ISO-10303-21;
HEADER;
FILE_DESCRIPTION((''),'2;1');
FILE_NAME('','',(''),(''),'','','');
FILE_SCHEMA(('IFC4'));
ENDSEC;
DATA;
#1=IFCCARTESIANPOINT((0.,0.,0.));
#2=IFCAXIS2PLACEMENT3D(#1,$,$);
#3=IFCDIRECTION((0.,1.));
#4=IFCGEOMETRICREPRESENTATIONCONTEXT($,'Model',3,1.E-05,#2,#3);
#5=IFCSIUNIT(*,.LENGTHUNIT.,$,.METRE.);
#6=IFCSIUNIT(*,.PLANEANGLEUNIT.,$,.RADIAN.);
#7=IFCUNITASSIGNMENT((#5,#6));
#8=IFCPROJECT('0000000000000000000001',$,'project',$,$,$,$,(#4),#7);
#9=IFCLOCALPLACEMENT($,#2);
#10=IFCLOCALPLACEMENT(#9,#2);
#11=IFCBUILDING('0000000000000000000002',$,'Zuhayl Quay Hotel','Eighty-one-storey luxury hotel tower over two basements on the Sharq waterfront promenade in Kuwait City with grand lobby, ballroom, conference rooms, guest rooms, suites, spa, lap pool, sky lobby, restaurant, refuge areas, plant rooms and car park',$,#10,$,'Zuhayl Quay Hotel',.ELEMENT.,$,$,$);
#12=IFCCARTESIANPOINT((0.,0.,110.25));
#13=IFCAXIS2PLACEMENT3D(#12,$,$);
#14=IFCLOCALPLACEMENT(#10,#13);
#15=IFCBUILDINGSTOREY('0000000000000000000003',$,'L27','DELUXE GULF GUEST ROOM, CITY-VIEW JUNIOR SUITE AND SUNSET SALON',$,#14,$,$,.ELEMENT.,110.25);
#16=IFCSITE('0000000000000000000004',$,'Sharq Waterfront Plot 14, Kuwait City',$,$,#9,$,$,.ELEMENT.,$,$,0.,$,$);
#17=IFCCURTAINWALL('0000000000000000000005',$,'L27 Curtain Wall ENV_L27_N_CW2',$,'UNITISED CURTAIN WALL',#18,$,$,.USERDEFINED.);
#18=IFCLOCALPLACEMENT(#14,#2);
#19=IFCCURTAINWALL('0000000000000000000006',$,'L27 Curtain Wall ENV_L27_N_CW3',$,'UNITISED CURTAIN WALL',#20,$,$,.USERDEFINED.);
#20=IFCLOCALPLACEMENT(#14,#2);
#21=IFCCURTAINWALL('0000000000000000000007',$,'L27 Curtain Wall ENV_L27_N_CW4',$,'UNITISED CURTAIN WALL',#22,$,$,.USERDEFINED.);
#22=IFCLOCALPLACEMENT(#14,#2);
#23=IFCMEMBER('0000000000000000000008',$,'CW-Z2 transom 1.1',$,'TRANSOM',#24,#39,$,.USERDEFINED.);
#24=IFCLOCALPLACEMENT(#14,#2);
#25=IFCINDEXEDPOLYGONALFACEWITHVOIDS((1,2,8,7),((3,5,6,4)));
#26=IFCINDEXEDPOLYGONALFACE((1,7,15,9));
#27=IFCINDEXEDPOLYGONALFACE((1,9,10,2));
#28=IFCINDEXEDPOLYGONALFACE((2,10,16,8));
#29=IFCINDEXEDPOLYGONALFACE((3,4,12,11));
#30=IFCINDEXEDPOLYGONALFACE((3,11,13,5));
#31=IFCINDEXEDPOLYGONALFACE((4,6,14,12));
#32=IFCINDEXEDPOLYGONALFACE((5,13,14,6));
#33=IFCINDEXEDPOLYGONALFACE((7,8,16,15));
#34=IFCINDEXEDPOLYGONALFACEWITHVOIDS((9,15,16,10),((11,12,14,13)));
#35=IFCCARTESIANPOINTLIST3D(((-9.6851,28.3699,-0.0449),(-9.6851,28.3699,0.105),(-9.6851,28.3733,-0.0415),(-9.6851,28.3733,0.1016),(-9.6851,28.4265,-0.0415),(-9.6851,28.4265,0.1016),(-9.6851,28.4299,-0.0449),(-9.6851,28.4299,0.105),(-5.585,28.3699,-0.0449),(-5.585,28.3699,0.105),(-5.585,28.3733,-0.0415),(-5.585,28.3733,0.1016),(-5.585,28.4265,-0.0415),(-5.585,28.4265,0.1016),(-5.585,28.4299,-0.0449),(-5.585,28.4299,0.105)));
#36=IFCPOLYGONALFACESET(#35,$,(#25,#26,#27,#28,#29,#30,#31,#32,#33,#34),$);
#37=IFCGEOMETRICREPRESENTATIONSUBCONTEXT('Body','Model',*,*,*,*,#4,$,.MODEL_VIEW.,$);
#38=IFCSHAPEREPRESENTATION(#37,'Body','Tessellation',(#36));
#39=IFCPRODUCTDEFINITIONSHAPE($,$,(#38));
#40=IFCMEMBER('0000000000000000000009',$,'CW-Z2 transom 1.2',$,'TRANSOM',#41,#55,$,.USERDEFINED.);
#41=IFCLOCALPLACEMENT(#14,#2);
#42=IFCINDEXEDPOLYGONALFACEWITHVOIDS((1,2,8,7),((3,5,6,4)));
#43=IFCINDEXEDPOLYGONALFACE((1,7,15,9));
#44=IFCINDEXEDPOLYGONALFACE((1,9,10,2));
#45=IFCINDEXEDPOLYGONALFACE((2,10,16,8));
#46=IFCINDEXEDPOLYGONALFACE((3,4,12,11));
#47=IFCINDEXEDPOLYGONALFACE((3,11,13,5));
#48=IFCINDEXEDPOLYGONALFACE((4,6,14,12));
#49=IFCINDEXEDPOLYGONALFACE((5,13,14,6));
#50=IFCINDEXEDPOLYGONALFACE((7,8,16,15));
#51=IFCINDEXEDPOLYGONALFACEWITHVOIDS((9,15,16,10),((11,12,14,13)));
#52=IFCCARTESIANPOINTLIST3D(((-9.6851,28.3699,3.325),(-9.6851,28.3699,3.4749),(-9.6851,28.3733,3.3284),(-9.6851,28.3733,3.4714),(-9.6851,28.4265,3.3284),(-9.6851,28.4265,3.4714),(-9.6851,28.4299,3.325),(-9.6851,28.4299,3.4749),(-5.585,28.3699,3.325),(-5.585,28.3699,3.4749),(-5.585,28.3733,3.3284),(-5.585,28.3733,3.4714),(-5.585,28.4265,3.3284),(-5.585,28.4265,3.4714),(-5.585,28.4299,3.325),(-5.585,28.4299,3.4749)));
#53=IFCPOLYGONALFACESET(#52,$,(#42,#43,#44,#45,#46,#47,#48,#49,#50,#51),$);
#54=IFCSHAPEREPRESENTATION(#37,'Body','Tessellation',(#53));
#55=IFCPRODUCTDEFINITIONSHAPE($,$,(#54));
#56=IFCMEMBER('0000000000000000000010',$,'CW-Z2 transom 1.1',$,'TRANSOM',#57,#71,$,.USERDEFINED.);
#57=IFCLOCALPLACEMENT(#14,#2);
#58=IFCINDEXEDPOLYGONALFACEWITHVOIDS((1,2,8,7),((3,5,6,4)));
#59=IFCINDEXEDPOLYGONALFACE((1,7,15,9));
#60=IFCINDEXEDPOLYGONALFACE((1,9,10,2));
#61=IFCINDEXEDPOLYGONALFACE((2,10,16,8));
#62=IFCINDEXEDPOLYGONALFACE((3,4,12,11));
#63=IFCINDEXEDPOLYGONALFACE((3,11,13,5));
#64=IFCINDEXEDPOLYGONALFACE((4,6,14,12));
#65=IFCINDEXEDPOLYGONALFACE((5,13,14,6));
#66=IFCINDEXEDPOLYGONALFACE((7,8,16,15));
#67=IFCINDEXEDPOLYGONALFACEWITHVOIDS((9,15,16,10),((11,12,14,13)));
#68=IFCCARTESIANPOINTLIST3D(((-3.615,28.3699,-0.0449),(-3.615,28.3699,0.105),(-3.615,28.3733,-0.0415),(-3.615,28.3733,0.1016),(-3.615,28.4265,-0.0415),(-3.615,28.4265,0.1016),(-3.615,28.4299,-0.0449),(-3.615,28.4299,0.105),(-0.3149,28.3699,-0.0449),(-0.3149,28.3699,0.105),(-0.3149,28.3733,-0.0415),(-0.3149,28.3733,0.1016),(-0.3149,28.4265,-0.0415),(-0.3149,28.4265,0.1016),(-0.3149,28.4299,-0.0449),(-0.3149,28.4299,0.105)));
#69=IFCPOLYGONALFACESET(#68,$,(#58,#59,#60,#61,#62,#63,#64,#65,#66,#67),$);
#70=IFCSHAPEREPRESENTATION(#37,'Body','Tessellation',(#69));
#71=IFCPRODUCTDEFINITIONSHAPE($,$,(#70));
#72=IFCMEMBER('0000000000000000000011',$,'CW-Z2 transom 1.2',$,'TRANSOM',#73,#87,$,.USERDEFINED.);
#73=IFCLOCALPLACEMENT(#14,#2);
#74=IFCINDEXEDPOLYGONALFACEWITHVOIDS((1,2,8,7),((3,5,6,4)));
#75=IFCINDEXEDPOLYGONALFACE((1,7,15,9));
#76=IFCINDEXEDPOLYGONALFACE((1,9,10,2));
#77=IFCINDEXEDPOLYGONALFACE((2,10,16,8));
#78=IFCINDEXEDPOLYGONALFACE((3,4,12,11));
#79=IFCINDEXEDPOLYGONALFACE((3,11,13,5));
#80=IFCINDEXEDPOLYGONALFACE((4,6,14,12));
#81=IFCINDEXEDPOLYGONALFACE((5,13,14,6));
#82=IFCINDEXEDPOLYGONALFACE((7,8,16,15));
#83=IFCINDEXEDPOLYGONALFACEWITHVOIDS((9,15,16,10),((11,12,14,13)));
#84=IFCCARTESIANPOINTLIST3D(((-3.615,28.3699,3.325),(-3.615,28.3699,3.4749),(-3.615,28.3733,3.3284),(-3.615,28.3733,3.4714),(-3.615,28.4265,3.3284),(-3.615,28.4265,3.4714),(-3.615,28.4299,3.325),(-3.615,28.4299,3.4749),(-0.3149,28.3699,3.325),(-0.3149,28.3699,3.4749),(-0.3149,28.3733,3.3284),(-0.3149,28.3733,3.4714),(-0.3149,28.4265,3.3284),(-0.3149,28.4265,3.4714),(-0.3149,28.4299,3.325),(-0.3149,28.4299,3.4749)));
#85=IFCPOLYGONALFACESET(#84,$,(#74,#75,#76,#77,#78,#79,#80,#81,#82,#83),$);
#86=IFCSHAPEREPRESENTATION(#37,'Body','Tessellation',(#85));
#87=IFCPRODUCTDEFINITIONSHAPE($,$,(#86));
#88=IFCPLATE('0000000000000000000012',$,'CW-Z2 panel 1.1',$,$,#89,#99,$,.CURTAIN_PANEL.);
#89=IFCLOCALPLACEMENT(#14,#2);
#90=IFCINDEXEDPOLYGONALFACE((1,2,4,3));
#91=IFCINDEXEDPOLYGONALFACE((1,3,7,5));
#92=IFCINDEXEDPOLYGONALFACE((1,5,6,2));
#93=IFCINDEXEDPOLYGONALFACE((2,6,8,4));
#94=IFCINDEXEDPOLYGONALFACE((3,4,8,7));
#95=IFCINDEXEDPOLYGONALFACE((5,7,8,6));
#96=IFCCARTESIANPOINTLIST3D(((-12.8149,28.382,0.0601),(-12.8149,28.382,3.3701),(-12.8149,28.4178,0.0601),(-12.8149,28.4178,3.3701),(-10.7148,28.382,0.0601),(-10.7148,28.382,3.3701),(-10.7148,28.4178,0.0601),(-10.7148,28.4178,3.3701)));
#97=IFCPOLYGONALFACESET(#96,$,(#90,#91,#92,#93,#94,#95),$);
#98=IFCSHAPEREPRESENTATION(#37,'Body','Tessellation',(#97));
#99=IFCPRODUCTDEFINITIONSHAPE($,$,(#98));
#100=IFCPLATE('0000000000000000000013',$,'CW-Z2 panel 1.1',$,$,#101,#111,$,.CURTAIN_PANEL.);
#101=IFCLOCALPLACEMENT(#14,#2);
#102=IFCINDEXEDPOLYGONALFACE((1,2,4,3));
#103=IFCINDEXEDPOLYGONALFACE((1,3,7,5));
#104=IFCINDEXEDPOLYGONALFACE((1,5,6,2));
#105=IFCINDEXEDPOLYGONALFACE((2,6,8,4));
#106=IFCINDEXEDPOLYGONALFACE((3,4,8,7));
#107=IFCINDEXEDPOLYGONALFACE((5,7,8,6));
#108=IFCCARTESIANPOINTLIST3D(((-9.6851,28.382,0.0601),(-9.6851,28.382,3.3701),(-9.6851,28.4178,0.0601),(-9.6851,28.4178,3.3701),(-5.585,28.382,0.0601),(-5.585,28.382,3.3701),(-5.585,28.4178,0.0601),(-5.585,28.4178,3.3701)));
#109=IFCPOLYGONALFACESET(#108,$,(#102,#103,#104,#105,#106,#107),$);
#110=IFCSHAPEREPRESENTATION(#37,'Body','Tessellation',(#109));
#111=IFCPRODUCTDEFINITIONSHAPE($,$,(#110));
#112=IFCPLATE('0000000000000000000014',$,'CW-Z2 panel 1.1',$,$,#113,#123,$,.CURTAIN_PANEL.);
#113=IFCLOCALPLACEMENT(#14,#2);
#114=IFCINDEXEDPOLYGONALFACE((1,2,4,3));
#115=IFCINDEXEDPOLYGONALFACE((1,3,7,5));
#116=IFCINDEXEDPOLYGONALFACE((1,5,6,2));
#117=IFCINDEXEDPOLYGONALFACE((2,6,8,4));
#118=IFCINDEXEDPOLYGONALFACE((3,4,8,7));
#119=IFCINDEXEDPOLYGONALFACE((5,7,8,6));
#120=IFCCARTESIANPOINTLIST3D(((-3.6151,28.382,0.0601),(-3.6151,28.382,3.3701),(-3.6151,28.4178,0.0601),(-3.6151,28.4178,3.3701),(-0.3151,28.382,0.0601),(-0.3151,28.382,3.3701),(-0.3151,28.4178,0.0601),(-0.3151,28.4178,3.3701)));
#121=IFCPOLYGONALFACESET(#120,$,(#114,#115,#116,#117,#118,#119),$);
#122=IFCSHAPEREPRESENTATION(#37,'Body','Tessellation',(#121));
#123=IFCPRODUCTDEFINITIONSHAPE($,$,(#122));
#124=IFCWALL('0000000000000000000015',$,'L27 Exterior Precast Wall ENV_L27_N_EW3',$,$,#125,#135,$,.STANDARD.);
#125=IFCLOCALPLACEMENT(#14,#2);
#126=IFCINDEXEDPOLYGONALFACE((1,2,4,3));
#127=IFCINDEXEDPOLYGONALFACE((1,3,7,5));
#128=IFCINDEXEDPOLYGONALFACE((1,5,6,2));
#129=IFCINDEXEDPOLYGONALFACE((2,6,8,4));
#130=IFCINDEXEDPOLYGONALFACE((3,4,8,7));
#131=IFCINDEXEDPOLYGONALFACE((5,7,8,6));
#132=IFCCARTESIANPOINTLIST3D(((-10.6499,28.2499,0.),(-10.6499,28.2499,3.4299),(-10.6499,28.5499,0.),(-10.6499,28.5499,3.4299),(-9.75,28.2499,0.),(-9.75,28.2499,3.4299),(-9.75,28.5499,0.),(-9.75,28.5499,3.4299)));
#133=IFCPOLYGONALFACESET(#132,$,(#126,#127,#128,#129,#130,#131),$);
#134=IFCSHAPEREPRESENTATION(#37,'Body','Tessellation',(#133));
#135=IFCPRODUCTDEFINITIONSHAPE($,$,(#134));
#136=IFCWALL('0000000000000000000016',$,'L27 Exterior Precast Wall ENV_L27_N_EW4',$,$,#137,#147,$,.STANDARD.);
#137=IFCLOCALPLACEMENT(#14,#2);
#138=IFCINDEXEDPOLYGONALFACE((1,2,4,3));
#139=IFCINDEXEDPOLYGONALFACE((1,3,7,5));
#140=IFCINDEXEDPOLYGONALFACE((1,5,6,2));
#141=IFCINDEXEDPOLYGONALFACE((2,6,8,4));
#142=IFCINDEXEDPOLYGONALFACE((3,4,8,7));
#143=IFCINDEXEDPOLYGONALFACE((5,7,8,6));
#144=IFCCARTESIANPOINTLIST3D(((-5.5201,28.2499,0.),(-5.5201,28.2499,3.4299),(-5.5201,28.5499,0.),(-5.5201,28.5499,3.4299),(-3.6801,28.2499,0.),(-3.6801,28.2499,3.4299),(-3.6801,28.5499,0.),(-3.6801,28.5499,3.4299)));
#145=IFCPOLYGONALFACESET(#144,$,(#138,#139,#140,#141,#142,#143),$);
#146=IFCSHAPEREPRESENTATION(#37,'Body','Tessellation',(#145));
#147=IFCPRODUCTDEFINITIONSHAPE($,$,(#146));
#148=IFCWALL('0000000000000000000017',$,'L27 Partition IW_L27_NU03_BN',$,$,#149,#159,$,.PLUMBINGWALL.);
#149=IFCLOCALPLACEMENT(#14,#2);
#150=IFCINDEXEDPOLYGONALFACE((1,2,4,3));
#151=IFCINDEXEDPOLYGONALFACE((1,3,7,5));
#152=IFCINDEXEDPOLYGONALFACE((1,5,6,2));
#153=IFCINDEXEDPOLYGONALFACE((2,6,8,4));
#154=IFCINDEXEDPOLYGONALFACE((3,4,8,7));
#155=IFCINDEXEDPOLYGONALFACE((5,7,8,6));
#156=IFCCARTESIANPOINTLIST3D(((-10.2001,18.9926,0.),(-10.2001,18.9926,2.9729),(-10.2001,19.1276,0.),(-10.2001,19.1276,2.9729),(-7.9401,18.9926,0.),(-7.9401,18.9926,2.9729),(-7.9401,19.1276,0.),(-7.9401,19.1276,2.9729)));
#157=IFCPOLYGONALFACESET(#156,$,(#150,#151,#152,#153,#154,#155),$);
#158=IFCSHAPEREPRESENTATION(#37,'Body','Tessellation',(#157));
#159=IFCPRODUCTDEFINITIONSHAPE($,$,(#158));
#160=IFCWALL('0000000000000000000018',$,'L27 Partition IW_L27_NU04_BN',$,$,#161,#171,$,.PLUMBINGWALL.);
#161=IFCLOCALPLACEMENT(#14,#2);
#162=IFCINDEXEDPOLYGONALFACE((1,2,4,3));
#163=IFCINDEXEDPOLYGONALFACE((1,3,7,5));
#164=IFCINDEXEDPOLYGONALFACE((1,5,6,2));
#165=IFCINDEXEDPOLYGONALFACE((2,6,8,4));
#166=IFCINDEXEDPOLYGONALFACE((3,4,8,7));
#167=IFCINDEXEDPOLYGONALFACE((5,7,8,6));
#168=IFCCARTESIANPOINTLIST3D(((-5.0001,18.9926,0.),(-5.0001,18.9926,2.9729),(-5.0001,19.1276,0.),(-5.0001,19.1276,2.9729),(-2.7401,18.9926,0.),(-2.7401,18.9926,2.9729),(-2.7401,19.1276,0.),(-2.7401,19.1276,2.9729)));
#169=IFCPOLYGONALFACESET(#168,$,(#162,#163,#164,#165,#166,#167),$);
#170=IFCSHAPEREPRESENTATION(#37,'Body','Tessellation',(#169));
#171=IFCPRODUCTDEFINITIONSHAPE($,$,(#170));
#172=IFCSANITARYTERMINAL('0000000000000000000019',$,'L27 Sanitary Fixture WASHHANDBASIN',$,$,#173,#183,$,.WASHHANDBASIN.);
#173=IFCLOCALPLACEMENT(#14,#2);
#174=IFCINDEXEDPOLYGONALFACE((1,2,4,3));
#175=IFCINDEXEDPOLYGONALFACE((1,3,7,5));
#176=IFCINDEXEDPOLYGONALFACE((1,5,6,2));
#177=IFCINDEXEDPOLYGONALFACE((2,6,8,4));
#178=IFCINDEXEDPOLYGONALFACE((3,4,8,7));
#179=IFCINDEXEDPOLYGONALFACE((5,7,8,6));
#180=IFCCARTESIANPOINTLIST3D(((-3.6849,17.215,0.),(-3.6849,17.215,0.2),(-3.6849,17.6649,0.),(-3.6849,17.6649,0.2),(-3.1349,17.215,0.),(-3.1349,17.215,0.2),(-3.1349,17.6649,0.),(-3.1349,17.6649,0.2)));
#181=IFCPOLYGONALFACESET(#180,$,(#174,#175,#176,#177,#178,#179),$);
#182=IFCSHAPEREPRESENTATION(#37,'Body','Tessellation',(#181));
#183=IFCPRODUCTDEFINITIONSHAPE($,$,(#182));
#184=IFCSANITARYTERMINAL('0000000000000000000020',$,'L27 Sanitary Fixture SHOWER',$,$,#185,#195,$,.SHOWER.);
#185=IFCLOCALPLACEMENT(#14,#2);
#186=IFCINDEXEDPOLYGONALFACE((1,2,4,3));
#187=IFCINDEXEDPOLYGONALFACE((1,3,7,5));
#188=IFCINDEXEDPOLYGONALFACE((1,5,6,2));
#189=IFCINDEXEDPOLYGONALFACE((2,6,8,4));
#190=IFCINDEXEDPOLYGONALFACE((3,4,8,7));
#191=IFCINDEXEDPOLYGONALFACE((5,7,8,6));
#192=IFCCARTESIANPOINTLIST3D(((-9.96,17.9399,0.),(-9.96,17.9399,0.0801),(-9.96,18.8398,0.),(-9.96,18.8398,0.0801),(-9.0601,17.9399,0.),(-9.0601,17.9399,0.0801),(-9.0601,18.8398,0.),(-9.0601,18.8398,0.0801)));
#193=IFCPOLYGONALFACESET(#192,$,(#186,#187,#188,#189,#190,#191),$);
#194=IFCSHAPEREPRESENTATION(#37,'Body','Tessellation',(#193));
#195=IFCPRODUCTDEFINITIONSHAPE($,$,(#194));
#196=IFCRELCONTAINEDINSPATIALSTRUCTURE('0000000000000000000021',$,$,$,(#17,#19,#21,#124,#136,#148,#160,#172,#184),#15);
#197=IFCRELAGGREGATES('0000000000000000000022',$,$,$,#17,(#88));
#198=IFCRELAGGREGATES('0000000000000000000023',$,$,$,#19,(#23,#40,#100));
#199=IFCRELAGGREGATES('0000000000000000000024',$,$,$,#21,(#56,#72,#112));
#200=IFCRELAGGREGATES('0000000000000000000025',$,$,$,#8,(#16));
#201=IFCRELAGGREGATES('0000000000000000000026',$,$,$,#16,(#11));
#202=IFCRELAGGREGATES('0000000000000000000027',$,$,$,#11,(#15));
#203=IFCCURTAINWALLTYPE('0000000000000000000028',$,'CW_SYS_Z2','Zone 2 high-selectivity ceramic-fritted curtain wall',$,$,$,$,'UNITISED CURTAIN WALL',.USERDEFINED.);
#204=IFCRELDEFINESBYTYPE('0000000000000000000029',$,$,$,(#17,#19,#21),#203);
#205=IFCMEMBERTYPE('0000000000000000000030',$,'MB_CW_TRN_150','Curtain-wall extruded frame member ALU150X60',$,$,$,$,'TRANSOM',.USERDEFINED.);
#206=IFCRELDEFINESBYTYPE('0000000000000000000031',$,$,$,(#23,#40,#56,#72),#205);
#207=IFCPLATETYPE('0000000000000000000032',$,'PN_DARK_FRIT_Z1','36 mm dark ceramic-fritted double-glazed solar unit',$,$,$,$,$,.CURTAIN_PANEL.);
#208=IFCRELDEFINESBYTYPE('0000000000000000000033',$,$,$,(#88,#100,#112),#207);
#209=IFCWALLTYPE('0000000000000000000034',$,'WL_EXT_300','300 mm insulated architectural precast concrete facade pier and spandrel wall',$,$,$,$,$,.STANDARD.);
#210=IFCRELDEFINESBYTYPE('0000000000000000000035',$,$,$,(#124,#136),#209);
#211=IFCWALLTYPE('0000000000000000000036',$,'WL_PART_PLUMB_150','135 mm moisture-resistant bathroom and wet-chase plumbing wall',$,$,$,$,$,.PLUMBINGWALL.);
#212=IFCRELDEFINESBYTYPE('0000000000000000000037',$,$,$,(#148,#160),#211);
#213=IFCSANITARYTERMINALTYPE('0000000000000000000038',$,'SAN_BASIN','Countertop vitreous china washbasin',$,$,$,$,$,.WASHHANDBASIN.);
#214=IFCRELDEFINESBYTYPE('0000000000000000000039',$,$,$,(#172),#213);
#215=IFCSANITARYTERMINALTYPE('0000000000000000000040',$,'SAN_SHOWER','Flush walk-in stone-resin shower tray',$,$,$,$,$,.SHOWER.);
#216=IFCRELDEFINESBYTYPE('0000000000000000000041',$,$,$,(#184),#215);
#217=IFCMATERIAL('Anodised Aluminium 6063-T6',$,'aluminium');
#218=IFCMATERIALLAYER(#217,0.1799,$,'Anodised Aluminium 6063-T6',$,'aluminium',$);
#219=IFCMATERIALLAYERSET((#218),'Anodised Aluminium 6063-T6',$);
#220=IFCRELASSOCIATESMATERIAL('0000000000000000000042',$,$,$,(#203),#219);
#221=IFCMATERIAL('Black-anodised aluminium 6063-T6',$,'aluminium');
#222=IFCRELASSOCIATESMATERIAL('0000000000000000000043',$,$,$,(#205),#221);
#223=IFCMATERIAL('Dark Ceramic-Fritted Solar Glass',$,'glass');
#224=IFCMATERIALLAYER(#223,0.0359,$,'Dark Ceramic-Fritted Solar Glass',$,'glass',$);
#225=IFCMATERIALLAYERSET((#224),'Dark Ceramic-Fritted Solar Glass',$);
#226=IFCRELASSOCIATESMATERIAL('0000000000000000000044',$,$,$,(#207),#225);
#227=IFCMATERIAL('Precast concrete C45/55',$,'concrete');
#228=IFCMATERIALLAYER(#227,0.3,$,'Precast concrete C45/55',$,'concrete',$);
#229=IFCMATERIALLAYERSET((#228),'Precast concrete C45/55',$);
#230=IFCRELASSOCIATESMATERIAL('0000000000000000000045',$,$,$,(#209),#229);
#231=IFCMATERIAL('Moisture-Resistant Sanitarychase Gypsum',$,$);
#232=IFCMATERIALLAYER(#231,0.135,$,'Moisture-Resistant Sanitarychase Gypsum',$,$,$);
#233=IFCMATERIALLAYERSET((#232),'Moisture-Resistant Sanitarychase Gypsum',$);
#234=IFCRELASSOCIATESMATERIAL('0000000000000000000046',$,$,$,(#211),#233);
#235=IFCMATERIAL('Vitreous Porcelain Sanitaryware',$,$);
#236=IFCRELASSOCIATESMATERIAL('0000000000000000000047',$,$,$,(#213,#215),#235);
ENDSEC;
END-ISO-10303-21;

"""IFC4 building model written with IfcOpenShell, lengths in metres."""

from ifc_helpers import new_model, si_unit, direction, frame, frame_2d, origin, origin_2d, place, context, subcontext, project, spatial, rectangle, hollow_rectangle, extrude, material, layer, layer_set, material_profile, profile_set, type_object, element, aggregate, save


model = new_model("IFC4")

# Units and contexts
model_context = context("Model", 3, precision=1e-05, world=origin(), true_north=direction((0.0, 1.0)))
body_context = subcontext(model_context, "Body", "Model", "MODEL_VIEW")
ifc_project = project(units=[si_unit("LENGTHUNIT", "METRE"), si_unit("PLANEANGLEUNIT", "RADIAN")], contexts=[model_context])

# Site, building, storey
site_placement = place(None, origin())
site = spatial("IfcSite", under=ifc_project, at=site_placement, Name="Sharq Waterfront Plot 14, Kuwait City", CompositionType="ELEMENT", RefElevation=0.0)
building_placement = place(site_placement, origin())
building = spatial("IfcBuilding", under=site, at=building_placement, Name="Zuhayl Quay Hotel", Description="Eighty-one-storey luxury hotel tower over two basements on the Sharq waterfront promenade in Kuwait City with grand lobby, ballroom, conference rooms, guest rooms, suites, spa, lap pool, sky lobby, restaurant, refuge areas, plant rooms and car park", LongName="Zuhayl Quay Hotel", CompositionType="ELEMENT")
storey_placement = place(building_placement, frame((0.0, 0.0, 110.25)))
storey = spatial("IfcBuildingStorey", under=building, at=storey_placement, Name="L27", Description="DELUXE GULF GUEST ROOM, CITY-VIEW JUNIOR SUITE AND SUNSET SALON", CompositionType="ELEMENT", Elevation=110.25)

# Curtain wall
ifc_material_1 = material(Name="Anodised Aluminium 6063-T6", Category="aluminium")
ifc_layer_1 = layer(ifc_material_1, 0.1799, Name="Anodised Aluminium 6063-T6", Category="aluminium")
ifc_layer_set_1 = layer_set([ifc_layer_1], Name="Anodised Aluminium 6063-T6")
curtain_wall_type = type_object("IfcCurtainWallType", Name="CW_SYS_Z2", Description="Zone 2 high-selectivity ceramic-fritted curtain wall", ElementType="UNITISED CURTAIN WALL", PredefinedType="USERDEFINED", material=ifc_layer_set_1)
curtain_wall_1_placement = place(storey_placement, origin())
curtain_wall_1 = element("IfcCurtainWall", 1, at=curtain_wall_1_placement, inside=storey, type_object=curtain_wall_type, Name="L27 Curtain Wall ENV_L27_N_CW2", ObjectType="UNITISED CURTAIN WALL", PredefinedType="USERDEFINED")
ifc_material_2 = material(Name="Black-anodised aluminium 6063-T6", Category="aluminium")

# Curtain wall
curtain_wall_2_placement = place(storey_placement, origin())
curtain_wall_2 = element("IfcCurtainWall", 2, at=curtain_wall_2_placement, inside=storey, type_object=curtain_wall_type, Name="L27 Curtain Wall ENV_L27_N_CW3", ObjectType="UNITISED CURTAIN WALL", PredefinedType="USERDEFINED")

# Curtain wall
curtain_wall_3_placement = place(storey_placement, origin())
curtain_wall_3 = element("IfcCurtainWall", 3, at=curtain_wall_3_placement, inside=storey, type_object=curtain_wall_type, Name="L27 Curtain Wall ENV_L27_N_CW4", ObjectType="UNITISED CURTAIN WALL", PredefinedType="USERDEFINED")

# Members
ifc_material_profile_1 = material_profile(ifc_material_2, hollow_rectangle(XDim=0.0601, YDim=0.1499, WallThickness=0.0034, at=origin_2d()), Name="ALU150X60")
ifc_profile_set_1 = profile_set([ifc_material_profile_1], Name="Black-anodised aluminium 6063-T6")
member_type_1 = type_object("IfcMemberType", Name="MB_CW_TRN_150", Description="Curtain-wall extruded frame member ALU150X60", ElementType="TRANSOM", PredefinedType="USERDEFINED", material=ifc_profile_set_1)
member_1_placement = place(storey_placement, frame((-9.6851, 28.3999, 0.03), z_axis=(1.0, 0.0, 0.0), x_axis=(0.0, 1.0, 0.0)))
member_1 = element("IfcMember", 4, at=member_1_placement, type_object=member_type_1, Name="CW-Z2 transom 1.1", ObjectType="TRANSOM", PredefinedType="USERDEFINED", context=body_context, shape_type="SweptSolid", body=[
    extrude(hollow_rectangle(XDim=0.0601, YDim=0.1499, WallThickness=0.0034, at=origin_2d()), origin(), (0.0, 0.0, 1.0), 4.1001),
])
member_2_placement = place(storey_placement, frame((-9.6851, 28.3999, 3.3999), z_axis=(1.0, 0.0, 0.0), x_axis=(0.0, 1.0, 0.0)))
member_2 = element("IfcMember", 5, at=member_2_placement, type_object=member_type_1, Name="CW-Z2 transom 1.2", ObjectType="TRANSOM", PredefinedType="USERDEFINED", context=body_context, shape_type="SweptSolid", body=[
    extrude(hollow_rectangle(XDim=0.0601, YDim=0.1499, WallThickness=0.0034, at=origin_2d()), origin(), (0.0, 0.0, 1.0), 4.1001),
])
member_3_placement = place(storey_placement, frame((-3.615, 28.3999, 0.03), z_axis=(1.0, 0.0, 0.0), x_axis=(0.0, 1.0, 0.0)))
member_3 = element("IfcMember", 6, at=member_3_placement, type_object=member_type_1, Name="CW-Z2 transom 1.1", ObjectType="TRANSOM", PredefinedType="USERDEFINED", context=body_context, shape_type="SweptSolid", body=[
    extrude(hollow_rectangle(XDim=0.0601, YDim=0.1499, WallThickness=0.0034, at=origin_2d()), origin(), (0.0, 0.0, 1.0), 3.3),
])
member_4_placement = place(storey_placement, frame((-3.615, 28.3999, 3.3999), z_axis=(1.0, 0.0, 0.0), x_axis=(0.0, 1.0, 0.0)))
member_4 = element("IfcMember", 7, at=member_4_placement, type_object=member_type_1, Name="CW-Z2 transom 1.2", ObjectType="TRANSOM", PredefinedType="USERDEFINED", context=body_context, shape_type="SweptSolid", body=[
    extrude(hollow_rectangle(XDim=0.0601, YDim=0.1499, WallThickness=0.0034, at=origin_2d()), origin(), (0.0, 0.0, 1.0), 3.3),
])

# Plates
ifc_material_3 = material(Name="Dark Ceramic-Fritted Solar Glass", Category="glass")
ifc_layer_2 = layer(ifc_material_3, 0.0359, Name="Dark Ceramic-Fritted Solar Glass", Category="glass")
ifc_layer_set_2 = layer_set([ifc_layer_2], Name="Dark Ceramic-Fritted Solar Glass")
plate_type = type_object("IfcPlateType", Name="PN_DARK_FRIT_Z1", Description="36 mm dark ceramic-fritted double-glazed solar unit", PredefinedType="CURTAIN_PANEL", material=ifc_layer_set_2)
plate_1_placement = place(storey_placement, frame((-11.7649, 28.3999, 0.0601), z_axis=(0.0, 0.0, 1.0), x_axis=(1.0, 0.0, 0.0)))
plate_1 = element("IfcPlate", 8, at=plate_1_placement, type_object=plate_type, Name="CW-Z2 panel 1.1", PredefinedType="CURTAIN_PANEL", context=body_context, shape_type="SweptSolid", body=[
    extrude(rectangle(XDim=2.1001, YDim=0.0359, at=origin_2d()), origin(), (0.0, 0.0, 1.0), 3.3101),
])
aggregate(curtain_wall_1, [plate_1])
plate_2_placement = place(storey_placement, frame((-7.635, 28.3999, 0.0601), z_axis=(0.0, 0.0, 1.0), x_axis=(1.0, 0.0, 0.0)))
plate_2 = element("IfcPlate", 9, at=plate_2_placement, type_object=plate_type, Name="CW-Z2 panel 1.1", PredefinedType="CURTAIN_PANEL", context=body_context, shape_type="SweptSolid", body=[
    extrude(rectangle(XDim=4.1001, YDim=0.0359, at=origin_2d()), origin(), (0.0, 0.0, 1.0), 3.3101),
])
aggregate(curtain_wall_2, [member_1, member_2, plate_2])
plate_3_placement = place(storey_placement, frame((-1.9651, 28.3999, 0.0601), z_axis=(0.0, 0.0, 1.0), x_axis=(1.0, 0.0, 0.0)))
plate_3 = element("IfcPlate", 10, at=plate_3_placement, type_object=plate_type, Name="CW-Z2 panel 1.1", PredefinedType="CURTAIN_PANEL", context=body_context, shape_type="SweptSolid", body=[
    extrude(rectangle(XDim=3.3, YDim=0.0359, at=origin_2d()), origin(), (0.0, 0.0, 1.0), 3.3101),
])
aggregate(curtain_wall_3, [member_3, member_4, plate_3])

# Walls
ifc_material_4 = material(Name="Precast concrete C45/55", Category="concrete")
ifc_layer_3 = layer(ifc_material_4, 0.3, Name="Precast concrete C45/55", Category="concrete")
ifc_layer_set_3 = layer_set([ifc_layer_3], Name="Precast concrete C45/55")
wall_type_1 = type_object("IfcWallType", Name="WL_EXT_300", Description="300 mm insulated architectural precast concrete facade pier and spandrel wall", PredefinedType="STANDARD", material=ifc_layer_set_3)
wall_1_placement = place(storey_placement, frame((-10.6499, 28.3999, 0.0), z_axis=(0.0, 0.0, 1.0), x_axis=(1.0, 0.0, 0.0)))
element("IfcWall", 11, at=wall_1_placement, inside=storey, type_object=wall_type_1, Name="L27 Exterior Precast Wall ENV_L27_N_EW3", PredefinedType="STANDARD", context=body_context, shape_type="SweptSolid", body=[
    extrude(rectangle(XDim=0.8999, YDim=0.3, at=frame_2d((0.45, 0.0))), origin(), (0.0, 0.0, 1.0), 3.4299),
])
wall_2_placement = place(storey_placement, frame((-5.52, 28.3999, 0.0), z_axis=(0.0, 0.0, 1.0), x_axis=(1.0, 0.0, 0.0)))
element("IfcWall", 12, at=wall_2_placement, inside=storey, type_object=wall_type_1, Name="L27 Exterior Precast Wall ENV_L27_N_EW4", PredefinedType="STANDARD", context=body_context, shape_type="SweptSolid", body=[
    extrude(rectangle(XDim=1.8401, YDim=0.3, at=frame_2d((0.9199, 0.0))), origin(), (0.0, 0.0, 1.0), 3.4299),
])
ifc_material_5 = material(Name="Moisture-Resistant Sanitarychase Gypsum")
ifc_layer_4 = layer(ifc_material_5, 0.135, Name="Moisture-Resistant Sanitarychase Gypsum")
ifc_layer_set_4 = layer_set([ifc_layer_4], Name="Moisture-Resistant Sanitarychase Gypsum")
wall_type_2 = type_object("IfcWallType", Name="WL_PART_PLUMB_150", Description="135 mm moisture-resistant bathroom and wet-chase plumbing wall", PredefinedType="PLUMBINGWALL", material=ifc_layer_set_4)
for number, where, z_axis, x_axis, name in (
    (13, (-10.2, 19.0601, 0.0), (0.0, 0.0, 1.0), (1.0, 0.0, 0.0), "L27 Partition IW_L27_NU03_BN"),
    (14, (-5.0, 19.0601, 0.0), (0.0, 0.0, 1.0), (1.0, 0.0, 0.0), "L27 Partition IW_L27_NU04_BN"),
):
    element("IfcWall", number, at=place(storey_placement, frame(where, z_axis=z_axis, x_axis=x_axis)), inside=storey, type_object=wall_type_2, Name=name, PredefinedType="PLUMBINGWALL", context=body_context, shape_type="SweptSolid", body=[
        extrude(rectangle(XDim=2.26, YDim=0.135, at=frame_2d((1.1299, 0.0))), origin(), (0.0, 0.0, 1.0), 2.9729),
    ])

# Sanitary terminals
ifc_material_6 = material(Name="Vitreous Porcelain Sanitaryware")
sanitary_terminal_type_1 = type_object("IfcSanitaryTerminalType", Name="SAN_BASIN", Description="Countertop vitreous china washbasin", PredefinedType="WASHHANDBASIN", material=ifc_material_6)
sanitary_terminal_placement = place(storey_placement, frame((-3.4099, 17.4399, 0.0), z_axis=(0.0, 0.0, 1.0), x_axis=(1.0, 0.0, 0.0)))
element("IfcSanitaryTerminal", 15, at=sanitary_terminal_placement, inside=storey, type_object=sanitary_terminal_type_1, Name="L27 Sanitary Fixture WASHHANDBASIN", PredefinedType="WASHHANDBASIN", context=body_context, shape_type="SweptSolid", body=[
    extrude(rectangle(XDim=0.55, YDim=0.45, at=origin_2d()), origin(), (0.0, 0.0, 1.0), 0.2),
])
sanitary_terminal_type_2 = type_object("IfcSanitaryTerminalType", Name="SAN_SHOWER", Description="Flush walk-in stone-resin shower tray", PredefinedType="SHOWER", material=ifc_material_6)
for number, where, z_axis, x_axis, name in (
    (16, (-9.51, 18.3899, 0.0), (0.0, 0.0, 1.0), (1.0, 0.0, 0.0), "L27 Sanitary Fixture SHOWER"),
):
    element("IfcSanitaryTerminal", number, at=place(storey_placement, frame(where, z_axis=z_axis, x_axis=x_axis)), inside=storey, type_object=sanitary_terminal_type_2, Name=name, PredefinedType="SHOWER", context=body_context, shape_type="SweptSolid", body=[
        extrude(rectangle(XDim=0.8999, YDim=0.8999, at=origin_2d()), origin(), (0.0, 0.0, 1.0), 0.0801),
    ])

save(model, "model.ifc")
